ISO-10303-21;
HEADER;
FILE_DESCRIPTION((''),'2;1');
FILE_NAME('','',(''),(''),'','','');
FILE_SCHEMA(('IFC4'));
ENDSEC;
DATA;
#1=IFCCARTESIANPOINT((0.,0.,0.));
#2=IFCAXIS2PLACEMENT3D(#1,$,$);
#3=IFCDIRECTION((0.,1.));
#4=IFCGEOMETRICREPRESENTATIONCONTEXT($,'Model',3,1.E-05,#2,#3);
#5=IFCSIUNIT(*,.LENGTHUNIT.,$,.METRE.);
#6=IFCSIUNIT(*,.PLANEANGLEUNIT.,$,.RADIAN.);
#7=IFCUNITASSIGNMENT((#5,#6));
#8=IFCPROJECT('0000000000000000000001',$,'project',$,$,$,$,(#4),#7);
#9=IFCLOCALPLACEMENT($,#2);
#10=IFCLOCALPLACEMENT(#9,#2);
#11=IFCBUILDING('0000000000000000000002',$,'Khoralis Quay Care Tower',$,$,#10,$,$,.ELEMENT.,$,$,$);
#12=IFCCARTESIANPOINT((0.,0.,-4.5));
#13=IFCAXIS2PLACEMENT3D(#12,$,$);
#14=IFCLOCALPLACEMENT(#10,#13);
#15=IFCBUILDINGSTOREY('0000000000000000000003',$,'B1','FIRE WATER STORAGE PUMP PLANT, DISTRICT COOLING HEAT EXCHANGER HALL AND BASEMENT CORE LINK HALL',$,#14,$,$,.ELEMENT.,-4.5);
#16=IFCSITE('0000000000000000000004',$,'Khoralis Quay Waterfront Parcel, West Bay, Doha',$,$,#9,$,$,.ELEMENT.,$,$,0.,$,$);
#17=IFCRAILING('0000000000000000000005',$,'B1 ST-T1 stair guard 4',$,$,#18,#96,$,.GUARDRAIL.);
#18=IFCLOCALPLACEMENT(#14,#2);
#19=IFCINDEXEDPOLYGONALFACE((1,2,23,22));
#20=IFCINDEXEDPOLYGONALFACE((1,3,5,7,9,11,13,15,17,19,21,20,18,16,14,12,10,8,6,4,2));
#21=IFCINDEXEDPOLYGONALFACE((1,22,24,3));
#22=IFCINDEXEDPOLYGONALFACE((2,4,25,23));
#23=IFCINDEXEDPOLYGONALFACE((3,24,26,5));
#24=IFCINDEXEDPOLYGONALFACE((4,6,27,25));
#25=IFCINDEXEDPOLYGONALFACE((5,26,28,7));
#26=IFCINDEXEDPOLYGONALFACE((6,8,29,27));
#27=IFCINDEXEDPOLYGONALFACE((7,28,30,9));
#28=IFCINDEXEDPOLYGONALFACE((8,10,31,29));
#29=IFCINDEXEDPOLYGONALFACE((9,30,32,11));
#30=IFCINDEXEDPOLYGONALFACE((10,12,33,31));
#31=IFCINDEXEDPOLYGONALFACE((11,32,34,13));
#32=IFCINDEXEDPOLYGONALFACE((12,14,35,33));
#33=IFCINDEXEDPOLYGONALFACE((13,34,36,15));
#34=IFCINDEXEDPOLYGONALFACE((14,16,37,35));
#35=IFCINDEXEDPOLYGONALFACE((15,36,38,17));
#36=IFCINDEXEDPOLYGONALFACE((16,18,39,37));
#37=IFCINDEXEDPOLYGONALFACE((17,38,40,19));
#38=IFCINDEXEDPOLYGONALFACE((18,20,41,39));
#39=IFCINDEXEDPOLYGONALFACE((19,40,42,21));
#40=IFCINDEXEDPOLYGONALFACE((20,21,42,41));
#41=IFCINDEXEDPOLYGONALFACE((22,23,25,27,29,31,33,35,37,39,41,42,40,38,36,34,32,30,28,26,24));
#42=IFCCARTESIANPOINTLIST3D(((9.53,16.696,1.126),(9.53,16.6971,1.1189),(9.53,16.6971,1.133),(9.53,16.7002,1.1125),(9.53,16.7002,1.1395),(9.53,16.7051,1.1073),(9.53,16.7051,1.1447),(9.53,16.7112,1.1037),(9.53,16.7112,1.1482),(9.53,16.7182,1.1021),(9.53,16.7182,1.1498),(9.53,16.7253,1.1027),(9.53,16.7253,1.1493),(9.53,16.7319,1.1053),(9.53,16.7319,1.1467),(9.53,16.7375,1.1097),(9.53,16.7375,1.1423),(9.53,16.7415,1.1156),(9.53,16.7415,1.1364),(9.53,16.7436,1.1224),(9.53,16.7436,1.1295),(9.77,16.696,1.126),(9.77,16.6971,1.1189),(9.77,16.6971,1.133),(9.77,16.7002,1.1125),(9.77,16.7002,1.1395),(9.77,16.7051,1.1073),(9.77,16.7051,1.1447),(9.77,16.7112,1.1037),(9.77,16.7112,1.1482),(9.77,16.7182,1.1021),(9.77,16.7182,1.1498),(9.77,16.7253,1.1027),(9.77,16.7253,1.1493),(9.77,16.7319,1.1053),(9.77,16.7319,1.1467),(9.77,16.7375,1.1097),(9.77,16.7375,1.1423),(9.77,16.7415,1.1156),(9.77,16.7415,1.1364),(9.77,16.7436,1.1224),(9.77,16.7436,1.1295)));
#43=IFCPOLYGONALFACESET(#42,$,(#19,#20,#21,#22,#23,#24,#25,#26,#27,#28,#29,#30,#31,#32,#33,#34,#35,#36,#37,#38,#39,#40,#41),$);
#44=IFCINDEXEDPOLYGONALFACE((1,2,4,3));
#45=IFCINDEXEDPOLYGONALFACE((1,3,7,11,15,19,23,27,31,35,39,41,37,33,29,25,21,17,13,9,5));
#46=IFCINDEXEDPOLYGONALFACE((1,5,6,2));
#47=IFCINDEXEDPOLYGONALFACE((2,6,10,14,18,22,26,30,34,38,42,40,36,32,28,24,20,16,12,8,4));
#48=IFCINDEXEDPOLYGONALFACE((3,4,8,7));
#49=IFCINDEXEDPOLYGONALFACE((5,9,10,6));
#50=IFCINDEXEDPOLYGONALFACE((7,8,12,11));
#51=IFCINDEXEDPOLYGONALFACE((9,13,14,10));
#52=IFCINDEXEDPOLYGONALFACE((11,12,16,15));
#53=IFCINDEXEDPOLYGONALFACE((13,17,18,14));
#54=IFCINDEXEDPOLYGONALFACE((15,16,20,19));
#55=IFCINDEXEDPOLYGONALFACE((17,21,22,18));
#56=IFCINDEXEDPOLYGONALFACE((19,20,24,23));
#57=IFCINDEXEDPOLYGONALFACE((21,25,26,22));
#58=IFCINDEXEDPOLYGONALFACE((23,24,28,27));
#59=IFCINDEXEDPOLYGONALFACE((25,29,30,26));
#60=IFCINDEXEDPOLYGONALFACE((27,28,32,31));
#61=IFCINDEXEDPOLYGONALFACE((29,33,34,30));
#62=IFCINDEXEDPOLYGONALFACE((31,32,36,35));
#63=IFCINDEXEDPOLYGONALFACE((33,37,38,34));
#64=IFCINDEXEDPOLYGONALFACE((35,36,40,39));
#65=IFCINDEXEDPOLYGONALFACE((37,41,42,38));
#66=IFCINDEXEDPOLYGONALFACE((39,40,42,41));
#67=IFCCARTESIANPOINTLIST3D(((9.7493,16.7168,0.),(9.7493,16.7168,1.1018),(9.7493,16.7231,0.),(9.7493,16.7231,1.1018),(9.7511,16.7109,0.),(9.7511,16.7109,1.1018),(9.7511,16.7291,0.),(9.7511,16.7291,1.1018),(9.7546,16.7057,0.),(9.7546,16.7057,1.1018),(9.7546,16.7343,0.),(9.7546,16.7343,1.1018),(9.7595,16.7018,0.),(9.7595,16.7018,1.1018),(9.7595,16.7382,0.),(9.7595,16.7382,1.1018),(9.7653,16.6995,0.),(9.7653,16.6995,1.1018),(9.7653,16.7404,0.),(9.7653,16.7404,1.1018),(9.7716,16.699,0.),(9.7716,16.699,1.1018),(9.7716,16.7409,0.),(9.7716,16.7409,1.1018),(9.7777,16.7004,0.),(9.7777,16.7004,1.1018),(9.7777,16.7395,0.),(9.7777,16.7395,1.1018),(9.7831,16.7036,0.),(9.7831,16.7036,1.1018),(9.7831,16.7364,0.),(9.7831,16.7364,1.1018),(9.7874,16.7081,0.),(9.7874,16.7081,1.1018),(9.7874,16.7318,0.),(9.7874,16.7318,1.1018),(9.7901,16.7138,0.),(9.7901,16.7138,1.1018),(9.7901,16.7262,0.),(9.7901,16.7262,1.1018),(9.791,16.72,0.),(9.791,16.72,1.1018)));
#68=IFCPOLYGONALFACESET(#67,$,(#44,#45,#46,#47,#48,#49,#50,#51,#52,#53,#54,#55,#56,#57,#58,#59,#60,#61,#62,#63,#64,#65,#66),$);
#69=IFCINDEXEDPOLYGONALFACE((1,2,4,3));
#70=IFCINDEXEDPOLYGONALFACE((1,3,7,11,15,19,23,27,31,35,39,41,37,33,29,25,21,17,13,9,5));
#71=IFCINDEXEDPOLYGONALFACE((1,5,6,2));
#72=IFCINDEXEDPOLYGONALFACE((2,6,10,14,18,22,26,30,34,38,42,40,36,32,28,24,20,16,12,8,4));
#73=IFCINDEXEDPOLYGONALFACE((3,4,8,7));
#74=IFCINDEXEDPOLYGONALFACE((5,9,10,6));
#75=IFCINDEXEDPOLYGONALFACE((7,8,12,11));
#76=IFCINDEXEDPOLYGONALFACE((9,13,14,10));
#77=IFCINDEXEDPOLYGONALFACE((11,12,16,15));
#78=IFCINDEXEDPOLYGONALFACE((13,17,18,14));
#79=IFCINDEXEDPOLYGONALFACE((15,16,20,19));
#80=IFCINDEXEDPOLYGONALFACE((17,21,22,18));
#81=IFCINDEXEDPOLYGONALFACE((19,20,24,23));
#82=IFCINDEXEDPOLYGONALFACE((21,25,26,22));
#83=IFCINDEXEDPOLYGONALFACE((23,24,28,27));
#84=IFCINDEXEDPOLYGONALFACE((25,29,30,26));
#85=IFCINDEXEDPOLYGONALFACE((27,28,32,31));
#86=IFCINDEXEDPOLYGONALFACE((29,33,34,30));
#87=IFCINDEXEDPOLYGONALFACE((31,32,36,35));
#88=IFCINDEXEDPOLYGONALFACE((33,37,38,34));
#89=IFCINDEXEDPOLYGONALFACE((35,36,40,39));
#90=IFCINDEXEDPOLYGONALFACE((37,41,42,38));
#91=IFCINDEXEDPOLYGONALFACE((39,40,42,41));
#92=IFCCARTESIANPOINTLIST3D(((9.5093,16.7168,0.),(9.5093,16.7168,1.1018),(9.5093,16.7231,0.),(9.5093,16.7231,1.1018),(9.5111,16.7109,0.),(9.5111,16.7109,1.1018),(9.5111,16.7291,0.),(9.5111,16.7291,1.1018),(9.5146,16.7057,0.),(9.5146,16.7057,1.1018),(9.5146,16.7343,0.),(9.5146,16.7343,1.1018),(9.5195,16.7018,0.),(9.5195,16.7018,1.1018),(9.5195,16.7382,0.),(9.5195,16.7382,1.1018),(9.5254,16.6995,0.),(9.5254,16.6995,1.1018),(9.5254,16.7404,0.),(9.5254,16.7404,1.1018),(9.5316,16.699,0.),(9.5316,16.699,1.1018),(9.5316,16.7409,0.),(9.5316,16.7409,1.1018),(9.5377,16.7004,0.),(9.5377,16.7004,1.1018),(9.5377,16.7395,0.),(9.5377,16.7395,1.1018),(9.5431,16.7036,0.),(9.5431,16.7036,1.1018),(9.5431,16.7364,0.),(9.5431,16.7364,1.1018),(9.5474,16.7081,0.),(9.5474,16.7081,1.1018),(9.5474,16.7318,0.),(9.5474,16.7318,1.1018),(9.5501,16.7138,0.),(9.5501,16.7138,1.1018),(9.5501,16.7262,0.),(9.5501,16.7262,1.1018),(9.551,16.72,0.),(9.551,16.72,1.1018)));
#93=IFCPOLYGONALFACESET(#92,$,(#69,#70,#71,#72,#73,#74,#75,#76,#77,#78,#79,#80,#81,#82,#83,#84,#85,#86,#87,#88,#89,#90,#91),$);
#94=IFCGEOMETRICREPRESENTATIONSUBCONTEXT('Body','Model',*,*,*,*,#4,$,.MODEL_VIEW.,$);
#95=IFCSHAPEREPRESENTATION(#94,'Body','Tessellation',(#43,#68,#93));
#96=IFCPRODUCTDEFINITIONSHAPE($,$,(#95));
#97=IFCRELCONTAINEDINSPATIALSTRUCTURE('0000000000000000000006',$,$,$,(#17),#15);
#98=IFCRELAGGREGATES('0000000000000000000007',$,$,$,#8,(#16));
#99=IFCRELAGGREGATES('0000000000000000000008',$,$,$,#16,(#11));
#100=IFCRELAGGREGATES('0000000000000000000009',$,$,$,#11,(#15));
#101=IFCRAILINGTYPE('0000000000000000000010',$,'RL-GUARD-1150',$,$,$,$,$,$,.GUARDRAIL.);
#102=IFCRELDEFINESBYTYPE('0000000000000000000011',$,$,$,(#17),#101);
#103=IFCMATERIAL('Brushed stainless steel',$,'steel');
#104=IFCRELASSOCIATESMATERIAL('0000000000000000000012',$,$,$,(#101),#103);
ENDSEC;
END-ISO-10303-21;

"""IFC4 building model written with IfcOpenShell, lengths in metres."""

from ifc_helpers import new_model, si_unit, direction, frame, origin, origin_2d, place, context, subcontext, project, spatial, circle, extrude, material, type_object, element, save


model = new_model("IFC4")

# Units and contexts
model_context = context("Model", 3, precision=1e-05, world=origin(), true_north=direction((0.0, 1.0)))
body_context = subcontext(model_context, "Body", "Model", "MODEL_VIEW")
ifc_project = project(units=[si_unit("LENGTHUNIT", "METRE"), si_unit("PLANEANGLEUNIT", "RADIAN")], contexts=[model_context])

# Site, building, storey
site_placement = place(None, origin())
site = spatial("IfcSite", under=ifc_project, at=site_placement, Name="Khoralis Quay Waterfront Parcel, West Bay, Doha", CompositionType="ELEMENT", RefElevation=0.0)
building_placement = place(site_placement, origin())
building = spatial("IfcBuilding", under=site, at=building_placement, Name="Khoralis Quay Care Tower", CompositionType="ELEMENT")
storey_placement = place(building_placement, frame((0.0, 0.0, -4.5)))
storey = spatial("IfcBuildingStorey", under=building, at=storey_placement, Name="B1", Description="FIRE WATER STORAGE PUMP PLANT, DISTRICT COOLING HEAT EXCHANGER HALL AND BASEMENT CORE LINK HALL", CompositionType="ELEMENT", Elevation=-4.5)

# Shared definitions
ifc_material_1 = material(Name="Brushed stainless steel", Category="steel")

# Railing
railing_type_1 = type_object("IfcRailingType", Name="RL-GUARD-1150", PredefinedType="GUARDRAIL", material=ifc_material_1)
railing_1_placement = place(storey_placement, frame((9.77, 16.72, 0.0)))
element("IfcRailing", 1, at=railing_1_placement, inside=storey, type_object=railing_type_1, Name="B1 ST-T1 stair guard 4", PredefinedType="GUARDRAIL", context=body_context, shape_type="SweptSolid", body=[
    extrude(circle(Radius=0.0239, at=origin_2d()), frame((0.0, 0.0, 1.126), z_axis=(-1.0, 0.0, 0.0), x_axis=(0.0, -1.0, 0.0)), (0.0, 0.0, 1.0), 0.24),
    extrude(circle(Radius=0.021, at=origin_2d()), origin(), (0.0, 0.0, 1.0), 1.1018),
    extrude(circle(Radius=0.021, at=origin_2d()), frame((-0.24, 0.0, 0.0)), (0.0, 0.0, 1.0), 1.1018),
])

save(model, "model.ifc")
